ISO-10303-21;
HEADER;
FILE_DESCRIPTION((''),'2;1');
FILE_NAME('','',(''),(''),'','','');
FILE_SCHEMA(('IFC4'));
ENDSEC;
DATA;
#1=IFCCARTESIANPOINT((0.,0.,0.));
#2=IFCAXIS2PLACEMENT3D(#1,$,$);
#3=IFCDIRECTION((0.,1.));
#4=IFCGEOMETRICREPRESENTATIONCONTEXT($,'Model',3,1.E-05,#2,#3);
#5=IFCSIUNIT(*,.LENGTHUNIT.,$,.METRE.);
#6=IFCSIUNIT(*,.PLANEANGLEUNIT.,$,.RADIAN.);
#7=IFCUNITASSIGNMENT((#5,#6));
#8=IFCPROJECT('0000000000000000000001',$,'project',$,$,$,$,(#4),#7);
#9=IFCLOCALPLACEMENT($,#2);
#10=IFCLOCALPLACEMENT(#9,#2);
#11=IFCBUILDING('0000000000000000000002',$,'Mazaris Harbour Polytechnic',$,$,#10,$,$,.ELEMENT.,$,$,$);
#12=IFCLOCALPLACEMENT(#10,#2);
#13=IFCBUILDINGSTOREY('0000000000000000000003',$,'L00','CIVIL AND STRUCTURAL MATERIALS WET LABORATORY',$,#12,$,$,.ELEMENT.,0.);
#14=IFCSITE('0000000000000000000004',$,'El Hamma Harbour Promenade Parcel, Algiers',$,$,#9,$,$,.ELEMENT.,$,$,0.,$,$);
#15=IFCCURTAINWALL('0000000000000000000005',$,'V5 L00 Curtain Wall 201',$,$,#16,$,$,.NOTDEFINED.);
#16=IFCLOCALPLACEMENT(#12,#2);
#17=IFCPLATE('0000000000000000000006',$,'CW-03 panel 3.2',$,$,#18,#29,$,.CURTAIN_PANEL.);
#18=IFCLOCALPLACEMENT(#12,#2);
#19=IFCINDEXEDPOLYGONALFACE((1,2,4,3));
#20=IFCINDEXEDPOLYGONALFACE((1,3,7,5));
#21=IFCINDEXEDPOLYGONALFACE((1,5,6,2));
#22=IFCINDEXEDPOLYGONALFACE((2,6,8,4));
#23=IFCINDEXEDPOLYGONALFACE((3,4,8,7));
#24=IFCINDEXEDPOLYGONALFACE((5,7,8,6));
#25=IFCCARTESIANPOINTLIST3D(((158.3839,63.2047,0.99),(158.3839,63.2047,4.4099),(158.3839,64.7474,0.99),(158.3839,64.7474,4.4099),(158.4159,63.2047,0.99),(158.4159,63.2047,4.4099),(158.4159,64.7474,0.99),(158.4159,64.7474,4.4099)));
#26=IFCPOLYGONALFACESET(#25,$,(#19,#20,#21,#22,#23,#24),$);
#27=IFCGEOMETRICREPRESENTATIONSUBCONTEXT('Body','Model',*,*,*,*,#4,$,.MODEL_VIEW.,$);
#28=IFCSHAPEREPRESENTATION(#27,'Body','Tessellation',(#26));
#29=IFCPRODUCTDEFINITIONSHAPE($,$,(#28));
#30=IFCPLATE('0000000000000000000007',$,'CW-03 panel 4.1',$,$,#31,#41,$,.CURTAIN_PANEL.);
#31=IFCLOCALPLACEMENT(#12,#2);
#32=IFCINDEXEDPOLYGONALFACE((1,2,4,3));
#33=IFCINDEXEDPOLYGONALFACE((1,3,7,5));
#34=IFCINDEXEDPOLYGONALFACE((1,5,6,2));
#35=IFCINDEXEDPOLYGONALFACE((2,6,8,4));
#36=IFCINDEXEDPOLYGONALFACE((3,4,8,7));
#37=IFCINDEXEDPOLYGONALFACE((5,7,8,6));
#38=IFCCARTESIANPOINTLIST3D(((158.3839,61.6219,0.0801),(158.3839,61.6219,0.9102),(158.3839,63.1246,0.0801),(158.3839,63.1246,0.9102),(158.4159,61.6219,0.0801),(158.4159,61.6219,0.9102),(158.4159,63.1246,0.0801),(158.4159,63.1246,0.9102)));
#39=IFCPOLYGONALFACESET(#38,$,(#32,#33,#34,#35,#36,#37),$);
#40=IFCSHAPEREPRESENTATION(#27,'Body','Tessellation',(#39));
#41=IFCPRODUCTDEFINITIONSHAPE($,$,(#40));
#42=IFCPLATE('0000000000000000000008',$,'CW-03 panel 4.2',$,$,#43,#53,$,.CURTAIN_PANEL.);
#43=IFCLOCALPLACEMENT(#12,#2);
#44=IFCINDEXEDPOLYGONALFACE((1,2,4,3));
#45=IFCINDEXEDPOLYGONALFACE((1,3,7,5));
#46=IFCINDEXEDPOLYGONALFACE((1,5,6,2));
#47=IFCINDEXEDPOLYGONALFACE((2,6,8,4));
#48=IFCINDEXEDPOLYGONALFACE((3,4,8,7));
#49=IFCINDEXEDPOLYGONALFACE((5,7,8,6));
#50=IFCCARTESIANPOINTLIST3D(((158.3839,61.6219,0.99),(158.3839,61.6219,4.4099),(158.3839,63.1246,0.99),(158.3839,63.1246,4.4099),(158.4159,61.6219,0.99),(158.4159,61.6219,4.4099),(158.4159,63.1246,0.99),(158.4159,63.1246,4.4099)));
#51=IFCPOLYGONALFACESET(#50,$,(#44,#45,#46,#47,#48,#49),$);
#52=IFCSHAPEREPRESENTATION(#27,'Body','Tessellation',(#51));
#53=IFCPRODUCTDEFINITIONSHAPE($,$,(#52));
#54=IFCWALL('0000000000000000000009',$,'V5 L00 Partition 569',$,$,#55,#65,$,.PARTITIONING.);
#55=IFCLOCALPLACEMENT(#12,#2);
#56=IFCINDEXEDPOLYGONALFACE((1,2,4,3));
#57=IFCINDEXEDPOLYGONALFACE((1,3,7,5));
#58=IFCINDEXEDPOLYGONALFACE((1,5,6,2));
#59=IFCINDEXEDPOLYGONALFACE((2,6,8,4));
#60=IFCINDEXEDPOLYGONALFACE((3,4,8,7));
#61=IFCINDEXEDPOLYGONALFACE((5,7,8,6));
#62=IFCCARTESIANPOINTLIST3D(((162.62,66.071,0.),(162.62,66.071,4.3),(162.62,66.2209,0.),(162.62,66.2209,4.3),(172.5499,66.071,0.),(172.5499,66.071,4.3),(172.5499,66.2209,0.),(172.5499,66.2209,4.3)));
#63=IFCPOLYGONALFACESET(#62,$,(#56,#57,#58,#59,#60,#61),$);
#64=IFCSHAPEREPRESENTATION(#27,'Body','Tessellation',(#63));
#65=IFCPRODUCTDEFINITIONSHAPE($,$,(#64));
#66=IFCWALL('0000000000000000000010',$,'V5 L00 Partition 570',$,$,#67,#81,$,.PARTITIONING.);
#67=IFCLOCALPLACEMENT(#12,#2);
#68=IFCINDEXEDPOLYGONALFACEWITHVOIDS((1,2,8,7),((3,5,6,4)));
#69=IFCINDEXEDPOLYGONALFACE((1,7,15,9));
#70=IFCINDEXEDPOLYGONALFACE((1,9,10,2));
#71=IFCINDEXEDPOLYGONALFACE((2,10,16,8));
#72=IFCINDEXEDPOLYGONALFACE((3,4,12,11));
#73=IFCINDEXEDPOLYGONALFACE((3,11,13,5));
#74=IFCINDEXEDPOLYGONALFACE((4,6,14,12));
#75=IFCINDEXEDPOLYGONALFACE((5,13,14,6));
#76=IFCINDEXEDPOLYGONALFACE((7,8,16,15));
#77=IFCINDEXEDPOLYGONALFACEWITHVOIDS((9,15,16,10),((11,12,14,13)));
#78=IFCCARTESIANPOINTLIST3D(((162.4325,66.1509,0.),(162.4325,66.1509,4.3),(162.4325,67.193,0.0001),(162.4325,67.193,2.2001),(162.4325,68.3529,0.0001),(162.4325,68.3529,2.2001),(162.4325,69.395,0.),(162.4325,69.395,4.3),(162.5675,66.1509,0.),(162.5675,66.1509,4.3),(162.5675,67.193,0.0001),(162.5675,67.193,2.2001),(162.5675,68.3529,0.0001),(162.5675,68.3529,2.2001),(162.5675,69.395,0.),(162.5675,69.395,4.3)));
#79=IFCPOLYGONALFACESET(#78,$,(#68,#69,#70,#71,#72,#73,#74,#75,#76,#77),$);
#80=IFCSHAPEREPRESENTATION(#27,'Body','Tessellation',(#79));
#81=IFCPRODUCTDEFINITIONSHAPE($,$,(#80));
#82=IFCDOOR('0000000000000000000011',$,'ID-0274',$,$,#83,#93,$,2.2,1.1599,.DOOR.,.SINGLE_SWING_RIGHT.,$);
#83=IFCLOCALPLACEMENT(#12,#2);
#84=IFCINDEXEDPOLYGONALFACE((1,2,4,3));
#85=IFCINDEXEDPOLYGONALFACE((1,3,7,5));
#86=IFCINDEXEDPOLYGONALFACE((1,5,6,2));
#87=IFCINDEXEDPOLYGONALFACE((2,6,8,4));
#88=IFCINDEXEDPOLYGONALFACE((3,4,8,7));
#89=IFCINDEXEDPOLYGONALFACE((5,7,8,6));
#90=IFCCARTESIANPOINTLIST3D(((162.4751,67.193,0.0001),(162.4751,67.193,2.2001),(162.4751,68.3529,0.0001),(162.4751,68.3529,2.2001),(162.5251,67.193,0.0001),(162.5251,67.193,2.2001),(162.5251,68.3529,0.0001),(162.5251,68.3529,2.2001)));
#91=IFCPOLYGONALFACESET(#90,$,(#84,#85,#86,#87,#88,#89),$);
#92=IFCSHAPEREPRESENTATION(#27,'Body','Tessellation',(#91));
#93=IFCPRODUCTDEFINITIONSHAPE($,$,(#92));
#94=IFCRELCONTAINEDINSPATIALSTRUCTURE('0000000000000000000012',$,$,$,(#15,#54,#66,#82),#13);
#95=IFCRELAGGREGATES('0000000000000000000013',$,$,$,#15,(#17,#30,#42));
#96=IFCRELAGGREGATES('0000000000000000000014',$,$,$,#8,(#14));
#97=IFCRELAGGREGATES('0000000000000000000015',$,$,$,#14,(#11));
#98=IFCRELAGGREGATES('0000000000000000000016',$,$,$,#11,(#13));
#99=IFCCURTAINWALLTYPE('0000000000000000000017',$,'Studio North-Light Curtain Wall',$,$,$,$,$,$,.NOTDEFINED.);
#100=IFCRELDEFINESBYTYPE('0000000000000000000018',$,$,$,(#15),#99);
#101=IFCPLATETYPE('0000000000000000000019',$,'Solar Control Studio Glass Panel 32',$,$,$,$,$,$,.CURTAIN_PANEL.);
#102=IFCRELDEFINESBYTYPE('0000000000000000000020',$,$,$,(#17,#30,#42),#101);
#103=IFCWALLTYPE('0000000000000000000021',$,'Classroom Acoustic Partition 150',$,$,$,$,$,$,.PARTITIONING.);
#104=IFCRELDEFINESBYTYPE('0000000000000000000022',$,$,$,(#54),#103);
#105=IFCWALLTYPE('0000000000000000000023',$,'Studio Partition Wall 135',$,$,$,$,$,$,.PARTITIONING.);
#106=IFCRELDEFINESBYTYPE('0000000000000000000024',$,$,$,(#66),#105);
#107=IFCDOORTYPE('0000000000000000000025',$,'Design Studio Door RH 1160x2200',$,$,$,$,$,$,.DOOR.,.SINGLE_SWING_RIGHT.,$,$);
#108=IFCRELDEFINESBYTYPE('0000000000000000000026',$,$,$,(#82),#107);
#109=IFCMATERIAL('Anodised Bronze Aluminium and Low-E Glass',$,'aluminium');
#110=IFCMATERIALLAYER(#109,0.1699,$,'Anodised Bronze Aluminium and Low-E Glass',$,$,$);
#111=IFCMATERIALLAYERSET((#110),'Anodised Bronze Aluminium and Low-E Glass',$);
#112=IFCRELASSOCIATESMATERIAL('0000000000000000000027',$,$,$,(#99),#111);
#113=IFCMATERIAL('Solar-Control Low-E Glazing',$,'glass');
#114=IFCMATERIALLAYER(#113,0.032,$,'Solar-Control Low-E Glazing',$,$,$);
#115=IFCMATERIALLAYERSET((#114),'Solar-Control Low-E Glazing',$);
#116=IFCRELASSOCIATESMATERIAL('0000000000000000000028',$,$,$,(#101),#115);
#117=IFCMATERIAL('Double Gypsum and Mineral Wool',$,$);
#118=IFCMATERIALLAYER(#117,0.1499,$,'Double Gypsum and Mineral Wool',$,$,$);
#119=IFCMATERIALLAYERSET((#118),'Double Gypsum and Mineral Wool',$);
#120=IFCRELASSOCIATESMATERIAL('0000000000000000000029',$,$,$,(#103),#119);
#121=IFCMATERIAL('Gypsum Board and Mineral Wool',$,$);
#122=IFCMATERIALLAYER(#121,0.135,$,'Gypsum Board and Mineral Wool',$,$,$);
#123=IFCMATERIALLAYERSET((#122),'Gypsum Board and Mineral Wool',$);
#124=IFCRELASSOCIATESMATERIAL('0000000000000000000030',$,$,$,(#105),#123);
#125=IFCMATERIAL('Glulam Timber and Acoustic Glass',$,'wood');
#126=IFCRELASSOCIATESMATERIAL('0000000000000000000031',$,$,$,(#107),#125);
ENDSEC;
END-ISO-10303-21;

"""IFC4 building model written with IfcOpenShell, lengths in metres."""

from ifc_helpers import new_model, si_unit, direction, frame, frame_2d, origin, origin_2d, place, context, subcontext, project, spatial, rectangle, extrude, material, layer, layer_set, type_object, element, fill, aggregate, save


model = new_model("IFC4")

# Units and contexts
model_context = context("Model", 3, precision=1e-05, world=origin(), true_north=direction((0.0, 1.0)))
body_context = subcontext(model_context, "Body", "Model", "MODEL_VIEW")
ifc_project = project(units=[si_unit("LENGTHUNIT", "METRE"), si_unit("PLANEANGLEUNIT", "RADIAN")], contexts=[model_context])

# Site, building, storey
site_placement = place(None, origin())
site = spatial("IfcSite", under=ifc_project, at=site_placement, Name="El Hamma Harbour Promenade Parcel, Algiers", CompositionType="ELEMENT", RefElevation=0.0)
building_placement = place(site_placement, origin())
building = spatial("IfcBuilding", under=site, at=building_placement, Name="Mazaris Harbour Polytechnic", CompositionType="ELEMENT")
storey_placement = place(building_placement, origin())
storey = spatial("IfcBuildingStorey", under=building, at=storey_placement, Name="L00", Description="CIVIL AND STRUCTURAL MATERIALS WET LABORATORY", CompositionType="ELEMENT", Elevation=0.0)

# Curtain wall
ifc_material_1 = material(Name="Anodised Bronze Aluminium and Low-E Glass", Category="aluminium")
ifc_layer_1 = layer(ifc_material_1, 0.1699, Name="Anodised Bronze Aluminium and Low-E Glass")
ifc_layer_set_1 = layer_set([ifc_layer_1], Name="Anodised Bronze Aluminium and Low-E Glass")
curtain_wall_type = type_object("IfcCurtainWallType", Name="Studio North-Light Curtain Wall", PredefinedType="NOTDEFINED", material=ifc_layer_set_1)
curtain_wall_placement = place(storey_placement, origin())
curtain_wall = element("IfcCurtainWall", 1, at=curtain_wall_placement, inside=storey, type_object=curtain_wall_type, Name="V5 L00 Curtain Wall 201", PredefinedType="NOTDEFINED")

# Plates
ifc_material_2 = material(Name="Solar-Control Low-E Glazing", Category="glass")
ifc_layer_2 = layer(ifc_material_2, 0.032, Name="Solar-Control Low-E Glazing")
ifc_layer_set_2 = layer_set([ifc_layer_2], Name="Solar-Control Low-E Glazing")
plate_type = type_object("IfcPlateType", Name="Solar Control Studio Glass Panel 32", PredefinedType="CURTAIN_PANEL", material=ifc_layer_set_2)
plate_1_placement = place(storey_placement, frame((158.3999, 63.9761, 0.99), z_axis=(0.0, 0.0, 1.0), x_axis=(0.0, -1.0, 0.0)))
plate_1 = element("IfcPlate", 2, at=plate_1_placement, type_object=plate_type, Name="CW-03 panel 3.2", PredefinedType="CURTAIN_PANEL", context=body_context, shape_type="SweptSolid", body=[
    extrude(rectangle(XDim=1.5427, YDim=0.032, at=origin_2d()), origin(), (0.0, 0.0, 1.0), 3.4199),
])
plate_2_placement = place(storey_placement, frame((158.3999, 62.3733, 0.0801), z_axis=(0.0, 0.0, 1.0), x_axis=(0.0, -1.0, 0.0)))
plate_2 = element("IfcPlate", 3, at=plate_2_placement, type_object=plate_type, Name="CW-03 panel 4.1", PredefinedType="CURTAIN_PANEL", context=body_context, shape_type="SweptSolid", body=[
    extrude(rectangle(XDim=1.5027, YDim=0.032, at=origin_2d()), origin(), (0.0, 0.0, 1.0), 0.8301),
])
plate_3_placement = place(storey_placement, frame((158.3999, 62.3733, 0.99), z_axis=(0.0, 0.0, 1.0), x_axis=(0.0, -1.0, 0.0)))
plate_3 = element("IfcPlate", 4, at=plate_3_placement, type_object=plate_type, Name="CW-03 panel 4.2", PredefinedType="CURTAIN_PANEL", context=body_context, shape_type="SweptSolid", body=[
    extrude(rectangle(XDim=1.5027, YDim=0.032, at=origin_2d()), origin(), (0.0, 0.0, 1.0), 3.4199),
])
aggregate(curtain_wall, [plate_1, plate_2, plate_3])

# Wall
ifc_material_3 = material(Name="Double Gypsum and Mineral Wool")
ifc_layer_3 = layer(ifc_material_3, 0.1499, Name="Double Gypsum and Mineral Wool")
ifc_layer_set_3 = layer_set([ifc_layer_3], Name="Double Gypsum and Mineral Wool")
wall_type_1 = type_object("IfcWallType", Name="Classroom Acoustic Partition 150", PredefinedType="PARTITIONING", material=ifc_layer_set_3)
wall_1_placement = place(storey_placement, frame((162.6201, 66.146, 0.0), z_axis=(0.0, 0.0, 1.0), x_axis=(1.0, 0.0, 0.0)))
element("IfcWall", 5, at=wall_1_placement, inside=storey, type_object=wall_type_1, Name="V5 L00 Partition 569", PredefinedType="PARTITIONING", context=body_context, shape_type="SweptSolid", body=[
    extrude(rectangle(XDim=9.9299, YDim=0.1499, at=frame_2d((4.9648, 0.0))), origin(), (0.0, 0.0, 1.0), 4.3),
])

# Wall, opening, door
ifc_material_4 = material(Name="Gypsum Board and Mineral Wool")
ifc_layer_4 = layer(ifc_material_4, 0.135, Name="Gypsum Board and Mineral Wool")
ifc_layer_set_4 = layer_set([ifc_layer_4], Name="Gypsum Board and Mineral Wool")
wall_type_2 = type_object("IfcWallType", Name="Studio Partition Wall 135", PredefinedType="PARTITIONING", material=ifc_layer_set_4)
wall_2_placement = place(storey_placement, frame((162.5, 66.1509, 0.0), z_axis=(0.0, 0.0, 1.0), x_axis=(0.0, 1.0, 0.0)))
wall_2 = element("IfcWall", 6, at=wall_2_placement, inside=storey, type_object=wall_type_2, Name="V5 L00 Partition 570", PredefinedType="PARTITIONING", context=body_context, shape_type="SweptSolid", body=[
    extrude(rectangle(XDim=3.2441, YDim=0.135, at=frame_2d((1.6221, 0.0))), origin(), (0.0, 0.0, 1.0), 4.3),
])
opening_placement = place(wall_2_placement, frame((1.042, 0.0, 0.0)))
opening = element("IfcOpeningElement", 7, at=opening_placement, cuts=wall_2, PredefinedType="OPENING", context=body_context, shape_type="SweptSolid", body=[
    extrude(rectangle(XDim=1.1599, YDim=2.2, at=frame_2d((0.5801, 1.1001))), frame((0.0, 0.0774, 0.0), z_axis=(0.0, -1.0, 0.0), x_axis=(1.0, 0.0, 0.0)), (0.0, 0.0, 1.0), 0.155),
])
ifc_material_5 = material(Name="Glulam Timber and Acoustic Glass", Category="wood")
door_type = type_object("IfcDoorType", Name="Design Studio Door RH 1160x2200", OperationType="SINGLE_SWING_RIGHT", PredefinedType="DOOR", material=ifc_material_5)
door_placement = place(opening_placement, origin())
door = element("IfcDoor", 8, at=door_placement, inside=storey, type_object=door_type, Name="ID-0274", OperationType="SINGLE_SWING_RIGHT", OverallHeight=2.2, OverallWidth=1.1599, PredefinedType="DOOR", context=body_context, shape_type="SweptSolid", body=[
    extrude(rectangle(XDim=1.1599, YDim=2.2, at=frame_2d((0.5801, 1.1001))), frame((0.0, 0.0249, 0.0), z_axis=(0.0, -1.0, 0.0), x_axis=(1.0, 0.0, 0.0)), (0.0, 0.0, 1.0), 0.05),
])
fill(opening, door)

save(model, "model.ifc")
